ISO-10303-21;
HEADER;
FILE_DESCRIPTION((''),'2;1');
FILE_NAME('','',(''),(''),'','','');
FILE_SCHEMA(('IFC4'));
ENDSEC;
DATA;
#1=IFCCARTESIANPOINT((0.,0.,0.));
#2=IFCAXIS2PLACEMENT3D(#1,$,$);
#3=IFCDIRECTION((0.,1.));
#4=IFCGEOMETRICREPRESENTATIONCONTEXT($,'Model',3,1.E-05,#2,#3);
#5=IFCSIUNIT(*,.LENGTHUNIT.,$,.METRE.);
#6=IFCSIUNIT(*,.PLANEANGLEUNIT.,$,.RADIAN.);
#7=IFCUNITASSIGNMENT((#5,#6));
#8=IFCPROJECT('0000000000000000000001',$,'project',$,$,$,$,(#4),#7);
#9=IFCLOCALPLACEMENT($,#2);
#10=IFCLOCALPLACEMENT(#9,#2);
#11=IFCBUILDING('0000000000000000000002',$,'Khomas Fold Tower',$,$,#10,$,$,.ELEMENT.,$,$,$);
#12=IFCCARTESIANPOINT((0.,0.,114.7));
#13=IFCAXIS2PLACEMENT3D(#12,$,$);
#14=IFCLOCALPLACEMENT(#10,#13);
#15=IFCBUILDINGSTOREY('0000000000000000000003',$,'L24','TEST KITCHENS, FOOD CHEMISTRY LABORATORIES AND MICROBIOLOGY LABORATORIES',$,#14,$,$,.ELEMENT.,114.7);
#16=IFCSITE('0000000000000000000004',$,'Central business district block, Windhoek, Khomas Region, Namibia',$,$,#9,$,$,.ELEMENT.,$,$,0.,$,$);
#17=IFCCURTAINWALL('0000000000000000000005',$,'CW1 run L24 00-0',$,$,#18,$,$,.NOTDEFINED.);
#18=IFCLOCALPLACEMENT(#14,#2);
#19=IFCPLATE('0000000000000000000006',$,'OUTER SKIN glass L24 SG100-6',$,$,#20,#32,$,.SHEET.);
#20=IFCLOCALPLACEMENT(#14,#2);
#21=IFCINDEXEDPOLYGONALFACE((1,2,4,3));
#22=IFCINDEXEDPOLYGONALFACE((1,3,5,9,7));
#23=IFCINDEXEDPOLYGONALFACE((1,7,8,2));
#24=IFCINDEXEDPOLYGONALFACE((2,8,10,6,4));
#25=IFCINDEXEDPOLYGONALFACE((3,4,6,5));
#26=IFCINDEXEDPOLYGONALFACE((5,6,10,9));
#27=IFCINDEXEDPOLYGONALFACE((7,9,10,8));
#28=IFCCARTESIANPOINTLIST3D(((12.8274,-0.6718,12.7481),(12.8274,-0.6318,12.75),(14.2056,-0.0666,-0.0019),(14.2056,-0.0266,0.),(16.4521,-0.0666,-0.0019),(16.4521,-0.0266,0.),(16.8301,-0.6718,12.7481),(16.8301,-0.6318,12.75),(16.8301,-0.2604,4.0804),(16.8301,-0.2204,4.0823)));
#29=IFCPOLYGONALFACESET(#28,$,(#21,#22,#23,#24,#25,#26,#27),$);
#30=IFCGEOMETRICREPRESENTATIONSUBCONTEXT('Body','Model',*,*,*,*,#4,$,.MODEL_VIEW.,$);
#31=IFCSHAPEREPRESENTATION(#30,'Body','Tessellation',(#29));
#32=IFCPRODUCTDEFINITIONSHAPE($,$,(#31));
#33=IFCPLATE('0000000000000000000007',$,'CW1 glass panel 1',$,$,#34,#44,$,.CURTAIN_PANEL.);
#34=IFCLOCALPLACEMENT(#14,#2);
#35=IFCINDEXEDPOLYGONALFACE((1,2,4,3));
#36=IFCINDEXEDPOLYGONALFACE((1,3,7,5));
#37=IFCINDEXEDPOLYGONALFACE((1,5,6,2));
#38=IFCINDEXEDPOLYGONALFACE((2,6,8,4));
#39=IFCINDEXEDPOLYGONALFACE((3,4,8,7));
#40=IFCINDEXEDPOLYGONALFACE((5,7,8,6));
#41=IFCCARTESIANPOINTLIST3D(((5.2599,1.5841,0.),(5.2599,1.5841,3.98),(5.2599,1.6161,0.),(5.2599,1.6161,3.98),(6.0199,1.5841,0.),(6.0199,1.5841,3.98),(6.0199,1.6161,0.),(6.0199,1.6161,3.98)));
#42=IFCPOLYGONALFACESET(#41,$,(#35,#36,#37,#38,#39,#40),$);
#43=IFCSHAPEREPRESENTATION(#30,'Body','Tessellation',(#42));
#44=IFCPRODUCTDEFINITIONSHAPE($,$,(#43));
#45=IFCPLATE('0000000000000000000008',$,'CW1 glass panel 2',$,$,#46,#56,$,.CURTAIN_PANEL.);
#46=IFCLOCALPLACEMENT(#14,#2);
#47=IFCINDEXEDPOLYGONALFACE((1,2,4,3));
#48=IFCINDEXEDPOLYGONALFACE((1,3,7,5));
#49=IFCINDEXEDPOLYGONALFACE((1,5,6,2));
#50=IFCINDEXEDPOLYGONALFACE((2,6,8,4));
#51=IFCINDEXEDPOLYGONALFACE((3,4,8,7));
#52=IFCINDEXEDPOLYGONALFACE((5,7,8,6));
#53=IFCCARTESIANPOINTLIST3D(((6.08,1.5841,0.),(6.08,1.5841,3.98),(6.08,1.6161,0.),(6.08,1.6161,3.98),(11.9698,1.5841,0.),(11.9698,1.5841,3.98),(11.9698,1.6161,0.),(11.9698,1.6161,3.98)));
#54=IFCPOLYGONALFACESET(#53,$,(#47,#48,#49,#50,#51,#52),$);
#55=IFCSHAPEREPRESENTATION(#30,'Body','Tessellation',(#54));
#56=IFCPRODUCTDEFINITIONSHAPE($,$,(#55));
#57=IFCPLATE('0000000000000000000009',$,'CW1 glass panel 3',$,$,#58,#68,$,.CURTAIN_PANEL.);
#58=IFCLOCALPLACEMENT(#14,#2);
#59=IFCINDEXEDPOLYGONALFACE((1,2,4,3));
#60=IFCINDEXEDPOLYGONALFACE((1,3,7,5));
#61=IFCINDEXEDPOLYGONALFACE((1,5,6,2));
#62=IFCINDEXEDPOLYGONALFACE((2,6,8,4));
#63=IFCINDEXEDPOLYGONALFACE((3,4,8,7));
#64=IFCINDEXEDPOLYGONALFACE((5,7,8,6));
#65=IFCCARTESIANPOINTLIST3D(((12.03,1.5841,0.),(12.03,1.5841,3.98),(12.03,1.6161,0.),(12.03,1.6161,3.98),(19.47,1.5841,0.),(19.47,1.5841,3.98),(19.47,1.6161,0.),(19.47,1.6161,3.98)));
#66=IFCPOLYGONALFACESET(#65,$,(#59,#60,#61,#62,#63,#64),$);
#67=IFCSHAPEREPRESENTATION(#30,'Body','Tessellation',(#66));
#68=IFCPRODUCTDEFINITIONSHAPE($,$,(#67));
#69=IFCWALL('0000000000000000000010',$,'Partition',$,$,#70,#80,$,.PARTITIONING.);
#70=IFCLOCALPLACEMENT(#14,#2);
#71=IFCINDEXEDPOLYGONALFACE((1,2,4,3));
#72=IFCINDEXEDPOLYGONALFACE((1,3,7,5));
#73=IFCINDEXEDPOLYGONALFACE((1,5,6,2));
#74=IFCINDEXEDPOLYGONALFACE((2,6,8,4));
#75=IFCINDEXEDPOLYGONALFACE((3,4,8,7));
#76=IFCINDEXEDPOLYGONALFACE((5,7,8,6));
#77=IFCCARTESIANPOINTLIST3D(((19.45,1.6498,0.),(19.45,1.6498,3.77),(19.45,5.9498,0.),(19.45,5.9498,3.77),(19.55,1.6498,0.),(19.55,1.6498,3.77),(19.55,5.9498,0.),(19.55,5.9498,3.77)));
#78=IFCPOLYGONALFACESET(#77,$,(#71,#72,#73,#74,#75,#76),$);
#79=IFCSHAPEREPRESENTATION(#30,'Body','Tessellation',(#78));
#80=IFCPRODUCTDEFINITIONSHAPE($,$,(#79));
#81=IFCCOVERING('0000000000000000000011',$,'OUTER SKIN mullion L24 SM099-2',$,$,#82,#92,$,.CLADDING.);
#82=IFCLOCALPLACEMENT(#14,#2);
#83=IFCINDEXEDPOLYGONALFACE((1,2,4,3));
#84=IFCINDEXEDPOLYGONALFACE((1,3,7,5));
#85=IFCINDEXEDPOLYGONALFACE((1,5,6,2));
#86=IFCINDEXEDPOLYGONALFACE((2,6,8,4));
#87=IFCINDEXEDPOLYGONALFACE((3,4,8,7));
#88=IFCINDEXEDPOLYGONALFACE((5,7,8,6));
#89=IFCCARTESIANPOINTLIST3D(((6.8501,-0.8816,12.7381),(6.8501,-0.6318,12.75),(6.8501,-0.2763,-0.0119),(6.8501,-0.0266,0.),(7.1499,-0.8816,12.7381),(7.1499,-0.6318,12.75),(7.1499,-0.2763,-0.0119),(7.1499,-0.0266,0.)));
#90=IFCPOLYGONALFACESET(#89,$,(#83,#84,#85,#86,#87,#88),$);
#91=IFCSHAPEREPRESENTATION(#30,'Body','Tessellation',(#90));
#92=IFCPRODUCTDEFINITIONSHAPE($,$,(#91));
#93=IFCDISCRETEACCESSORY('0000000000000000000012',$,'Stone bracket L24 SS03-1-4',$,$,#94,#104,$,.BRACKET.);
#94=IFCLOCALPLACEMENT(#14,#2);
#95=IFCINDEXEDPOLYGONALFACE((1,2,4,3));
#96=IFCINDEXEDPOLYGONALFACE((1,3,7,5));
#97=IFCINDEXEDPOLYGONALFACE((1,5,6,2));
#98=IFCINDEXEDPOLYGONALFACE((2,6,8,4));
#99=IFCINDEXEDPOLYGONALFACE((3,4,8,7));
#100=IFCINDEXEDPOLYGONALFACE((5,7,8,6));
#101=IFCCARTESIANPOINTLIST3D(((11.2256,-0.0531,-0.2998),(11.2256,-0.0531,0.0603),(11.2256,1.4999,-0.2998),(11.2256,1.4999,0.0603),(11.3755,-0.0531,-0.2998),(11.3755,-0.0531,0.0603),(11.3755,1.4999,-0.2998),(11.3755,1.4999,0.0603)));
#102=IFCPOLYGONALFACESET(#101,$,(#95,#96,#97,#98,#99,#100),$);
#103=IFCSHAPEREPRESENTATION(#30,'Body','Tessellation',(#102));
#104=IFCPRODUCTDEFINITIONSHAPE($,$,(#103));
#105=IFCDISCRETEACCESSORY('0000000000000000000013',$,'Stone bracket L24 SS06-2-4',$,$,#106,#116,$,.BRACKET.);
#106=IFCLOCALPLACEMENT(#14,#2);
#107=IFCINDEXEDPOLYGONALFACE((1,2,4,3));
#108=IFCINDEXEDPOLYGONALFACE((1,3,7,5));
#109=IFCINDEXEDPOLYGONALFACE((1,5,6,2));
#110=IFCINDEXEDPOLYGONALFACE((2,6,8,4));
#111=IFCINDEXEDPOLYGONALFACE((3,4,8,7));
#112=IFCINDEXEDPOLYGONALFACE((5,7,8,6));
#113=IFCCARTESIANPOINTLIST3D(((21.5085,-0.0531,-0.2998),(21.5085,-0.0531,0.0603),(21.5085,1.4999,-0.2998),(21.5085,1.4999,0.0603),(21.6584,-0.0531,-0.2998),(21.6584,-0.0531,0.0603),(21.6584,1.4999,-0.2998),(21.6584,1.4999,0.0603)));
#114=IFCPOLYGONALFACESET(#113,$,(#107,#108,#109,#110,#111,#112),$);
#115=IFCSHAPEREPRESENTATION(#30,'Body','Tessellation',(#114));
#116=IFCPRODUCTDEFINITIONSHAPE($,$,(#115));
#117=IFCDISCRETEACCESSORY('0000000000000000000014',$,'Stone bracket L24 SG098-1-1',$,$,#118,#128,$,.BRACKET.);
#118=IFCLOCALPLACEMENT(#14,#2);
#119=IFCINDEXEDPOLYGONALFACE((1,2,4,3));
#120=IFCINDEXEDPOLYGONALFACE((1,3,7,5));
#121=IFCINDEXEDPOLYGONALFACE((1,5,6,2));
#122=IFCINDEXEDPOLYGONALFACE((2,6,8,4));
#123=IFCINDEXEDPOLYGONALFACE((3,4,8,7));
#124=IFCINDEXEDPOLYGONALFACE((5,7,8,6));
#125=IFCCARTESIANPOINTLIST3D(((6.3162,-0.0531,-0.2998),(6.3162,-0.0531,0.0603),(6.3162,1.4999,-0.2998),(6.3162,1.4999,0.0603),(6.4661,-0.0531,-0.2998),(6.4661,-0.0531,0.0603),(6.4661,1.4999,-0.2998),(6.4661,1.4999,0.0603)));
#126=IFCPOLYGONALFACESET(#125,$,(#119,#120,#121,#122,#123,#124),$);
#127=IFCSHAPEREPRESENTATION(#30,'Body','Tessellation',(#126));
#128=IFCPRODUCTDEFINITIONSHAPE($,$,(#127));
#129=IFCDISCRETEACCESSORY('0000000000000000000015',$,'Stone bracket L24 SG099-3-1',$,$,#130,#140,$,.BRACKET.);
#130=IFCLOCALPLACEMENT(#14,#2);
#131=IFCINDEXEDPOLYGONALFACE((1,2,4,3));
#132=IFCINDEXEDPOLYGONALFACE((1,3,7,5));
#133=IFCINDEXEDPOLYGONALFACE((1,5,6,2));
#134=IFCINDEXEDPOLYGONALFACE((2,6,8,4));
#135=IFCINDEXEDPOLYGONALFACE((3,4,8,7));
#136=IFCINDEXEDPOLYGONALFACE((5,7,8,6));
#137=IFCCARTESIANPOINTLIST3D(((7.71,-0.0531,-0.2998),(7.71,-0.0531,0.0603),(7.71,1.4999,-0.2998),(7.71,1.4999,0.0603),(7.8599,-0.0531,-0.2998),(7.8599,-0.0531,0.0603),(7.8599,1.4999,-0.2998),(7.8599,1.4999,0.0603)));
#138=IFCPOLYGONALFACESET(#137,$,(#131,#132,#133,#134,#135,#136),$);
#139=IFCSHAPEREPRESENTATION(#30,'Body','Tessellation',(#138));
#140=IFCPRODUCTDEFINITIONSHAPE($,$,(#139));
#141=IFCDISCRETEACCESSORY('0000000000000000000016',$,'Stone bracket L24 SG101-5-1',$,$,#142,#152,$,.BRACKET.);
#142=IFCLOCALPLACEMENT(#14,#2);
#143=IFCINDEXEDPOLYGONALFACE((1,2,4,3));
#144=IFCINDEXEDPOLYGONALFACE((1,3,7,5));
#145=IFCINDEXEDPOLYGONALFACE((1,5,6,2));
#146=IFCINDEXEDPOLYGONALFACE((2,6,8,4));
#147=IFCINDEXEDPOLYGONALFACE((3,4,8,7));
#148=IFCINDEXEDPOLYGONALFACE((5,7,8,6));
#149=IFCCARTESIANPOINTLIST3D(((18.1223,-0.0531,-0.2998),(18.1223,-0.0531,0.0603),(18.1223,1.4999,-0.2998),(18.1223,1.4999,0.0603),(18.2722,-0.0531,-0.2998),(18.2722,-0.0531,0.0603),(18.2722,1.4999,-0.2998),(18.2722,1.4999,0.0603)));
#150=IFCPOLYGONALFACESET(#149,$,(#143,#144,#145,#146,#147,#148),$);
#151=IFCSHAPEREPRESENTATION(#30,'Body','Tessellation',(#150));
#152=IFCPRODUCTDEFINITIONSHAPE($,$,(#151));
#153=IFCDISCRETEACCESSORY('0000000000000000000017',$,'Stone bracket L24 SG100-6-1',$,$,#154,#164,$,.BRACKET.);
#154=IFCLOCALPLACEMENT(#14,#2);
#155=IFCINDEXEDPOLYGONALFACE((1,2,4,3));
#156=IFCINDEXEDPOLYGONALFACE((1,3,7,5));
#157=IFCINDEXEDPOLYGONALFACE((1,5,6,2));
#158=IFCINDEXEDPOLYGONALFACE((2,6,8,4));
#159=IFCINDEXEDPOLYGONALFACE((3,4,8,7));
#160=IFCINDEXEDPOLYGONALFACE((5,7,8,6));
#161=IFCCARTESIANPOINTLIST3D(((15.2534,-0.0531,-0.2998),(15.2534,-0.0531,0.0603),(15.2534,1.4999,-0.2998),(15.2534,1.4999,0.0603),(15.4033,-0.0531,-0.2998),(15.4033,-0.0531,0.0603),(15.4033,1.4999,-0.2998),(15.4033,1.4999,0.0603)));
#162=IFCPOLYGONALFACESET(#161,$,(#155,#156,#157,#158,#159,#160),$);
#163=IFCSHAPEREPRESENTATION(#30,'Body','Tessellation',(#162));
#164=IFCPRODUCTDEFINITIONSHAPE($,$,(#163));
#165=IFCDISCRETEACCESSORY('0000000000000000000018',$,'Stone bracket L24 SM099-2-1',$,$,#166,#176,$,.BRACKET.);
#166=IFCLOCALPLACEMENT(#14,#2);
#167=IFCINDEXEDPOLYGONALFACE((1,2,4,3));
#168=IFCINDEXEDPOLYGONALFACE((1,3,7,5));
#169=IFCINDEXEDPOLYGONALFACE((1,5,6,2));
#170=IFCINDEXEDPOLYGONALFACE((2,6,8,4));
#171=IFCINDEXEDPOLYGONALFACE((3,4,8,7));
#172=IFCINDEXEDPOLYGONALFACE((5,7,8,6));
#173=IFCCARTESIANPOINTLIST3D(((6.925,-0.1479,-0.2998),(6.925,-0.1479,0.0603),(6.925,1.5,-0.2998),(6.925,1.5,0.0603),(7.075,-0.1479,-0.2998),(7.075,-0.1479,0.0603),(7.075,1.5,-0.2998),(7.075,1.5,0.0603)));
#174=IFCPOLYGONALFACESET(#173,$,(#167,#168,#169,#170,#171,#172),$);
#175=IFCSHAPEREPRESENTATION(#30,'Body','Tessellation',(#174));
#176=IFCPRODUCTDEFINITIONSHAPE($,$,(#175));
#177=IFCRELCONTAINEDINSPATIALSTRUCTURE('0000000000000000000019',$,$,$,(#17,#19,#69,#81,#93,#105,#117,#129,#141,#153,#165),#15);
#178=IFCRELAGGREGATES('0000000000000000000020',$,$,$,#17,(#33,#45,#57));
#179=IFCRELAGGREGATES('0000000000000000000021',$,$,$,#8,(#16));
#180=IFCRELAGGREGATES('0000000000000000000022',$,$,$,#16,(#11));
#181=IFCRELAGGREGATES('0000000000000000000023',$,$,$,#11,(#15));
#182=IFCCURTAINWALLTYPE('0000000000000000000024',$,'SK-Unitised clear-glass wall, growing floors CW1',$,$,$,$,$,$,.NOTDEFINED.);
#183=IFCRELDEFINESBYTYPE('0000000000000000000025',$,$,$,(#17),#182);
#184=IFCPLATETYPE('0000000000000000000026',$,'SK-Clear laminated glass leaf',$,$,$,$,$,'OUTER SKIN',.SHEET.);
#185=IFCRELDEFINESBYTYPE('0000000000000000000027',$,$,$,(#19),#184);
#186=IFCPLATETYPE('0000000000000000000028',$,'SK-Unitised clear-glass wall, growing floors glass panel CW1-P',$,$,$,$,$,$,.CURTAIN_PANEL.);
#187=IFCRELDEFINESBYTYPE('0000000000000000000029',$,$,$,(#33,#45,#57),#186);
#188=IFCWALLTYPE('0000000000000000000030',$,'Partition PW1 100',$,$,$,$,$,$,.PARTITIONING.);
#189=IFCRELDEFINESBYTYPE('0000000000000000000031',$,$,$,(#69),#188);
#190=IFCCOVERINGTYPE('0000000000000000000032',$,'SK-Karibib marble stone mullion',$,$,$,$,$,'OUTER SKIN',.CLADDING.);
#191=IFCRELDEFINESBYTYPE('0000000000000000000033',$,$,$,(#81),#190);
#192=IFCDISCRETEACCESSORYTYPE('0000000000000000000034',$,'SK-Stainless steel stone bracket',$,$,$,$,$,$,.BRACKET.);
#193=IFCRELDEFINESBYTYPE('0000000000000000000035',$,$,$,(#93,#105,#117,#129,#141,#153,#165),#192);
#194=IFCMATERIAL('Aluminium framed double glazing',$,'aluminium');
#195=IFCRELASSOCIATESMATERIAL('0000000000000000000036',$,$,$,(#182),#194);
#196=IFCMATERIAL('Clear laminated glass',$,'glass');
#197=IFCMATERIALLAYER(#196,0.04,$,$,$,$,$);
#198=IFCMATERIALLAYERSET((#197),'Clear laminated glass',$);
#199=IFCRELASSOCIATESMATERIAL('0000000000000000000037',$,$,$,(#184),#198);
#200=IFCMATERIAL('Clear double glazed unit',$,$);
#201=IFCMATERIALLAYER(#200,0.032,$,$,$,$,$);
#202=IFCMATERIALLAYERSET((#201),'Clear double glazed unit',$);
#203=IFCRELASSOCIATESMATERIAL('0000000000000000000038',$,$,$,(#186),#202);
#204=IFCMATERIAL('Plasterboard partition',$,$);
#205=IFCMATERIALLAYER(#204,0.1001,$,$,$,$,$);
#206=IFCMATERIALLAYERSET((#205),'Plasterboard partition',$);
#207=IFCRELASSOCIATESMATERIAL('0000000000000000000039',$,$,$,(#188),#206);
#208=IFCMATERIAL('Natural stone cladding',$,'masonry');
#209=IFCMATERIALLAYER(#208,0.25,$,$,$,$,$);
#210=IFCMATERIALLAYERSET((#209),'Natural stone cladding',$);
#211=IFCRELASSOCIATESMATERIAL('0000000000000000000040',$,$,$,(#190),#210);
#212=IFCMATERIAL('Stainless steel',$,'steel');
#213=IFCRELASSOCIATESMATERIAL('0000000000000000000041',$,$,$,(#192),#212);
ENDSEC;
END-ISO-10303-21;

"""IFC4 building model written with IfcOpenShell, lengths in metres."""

from ifc_helpers import new_model, si_unit, direction, frame, frame_2d, origin, origin_2d, place, context, subcontext, project, spatial, polyline, rectangle, outline, extrude, source, transform, mapped, material, layer, layer_set, type_object, element, aggregate, save


model = new_model("IFC4")

# Units and contexts
model_context = context("Model", 3, precision=1e-05, world=origin(), true_north=direction((0.0, 1.0)))
body_context = subcontext(model_context, "Body", "Model", "MODEL_VIEW")
ifc_project = project(units=[si_unit("LENGTHUNIT", "METRE"), si_unit("PLANEANGLEUNIT", "RADIAN")], contexts=[model_context])

# Site, building, storey
site_placement = place(None, origin())
site = spatial("IfcSite", under=ifc_project, at=site_placement, Name="Central business district block, Windhoek, Khomas Region, Namibia", CompositionType="ELEMENT", RefElevation=0.0)
building_placement = place(site_placement, origin())
building = spatial("IfcBuilding", under=site, at=building_placement, Name="Khomas Fold Tower", CompositionType="ELEMENT")
storey_placement = place(building_placement, frame((0.0, 0.0, 114.7)))
storey = spatial("IfcBuildingStorey", under=building, at=storey_placement, Name="L24", Description="TEST KITCHENS, FOOD CHEMISTRY LABORATORIES AND MICROBIOLOGY LABORATORIES", CompositionType="ELEMENT", Elevation=114.7)

# Curtain wall
ifc_material_1 = material(Name="Aluminium framed double glazing", Category="aluminium")
curtain_wall_type = type_object("IfcCurtainWallType", Name="SK-Unitised clear-glass wall, growing floors CW1", PredefinedType="NOTDEFINED", material=ifc_material_1)
curtain_wall_placement = place(storey_placement, origin())
curtain_wall = element("IfcCurtainWall", 1, at=curtain_wall_placement, inside=storey, type_object=curtain_wall_type, Name="CW1 run L24 00-0", PredefinedType="NOTDEFINED")

# Plate
ifc_material_2 = material(Name="Clear laminated glass", Category="glass")
ifc_layer_1 = layer(ifc_material_2, 0.04)
ifc_layer_set_1 = layer_set([ifc_layer_1], Name="Clear laminated glass")
plate_type_1 = type_object("IfcPlateType", Name="SK-Clear laminated glass leaf", ElementType="OUTER SKIN", PredefinedType="SHEET", material=ifc_layer_set_1)
plate_1_placement = place(storey_placement, frame((16.4521, -0.0266, 0.0), z_axis=(0.00001, 0.998875, 0.047415), x_axis=(-1.0, 0.00001, 0.0)))
element("IfcPlate", 2, at=plate_1_placement, inside=storey, type_object=plate_type_1, Name="OUTER SKIN glass L24 SG100-6", PredefinedType="SHEET", context=body_context, shape_type="SweptSolid", body=[
    extrude(outline(polyline([(0.0, 0.0), (2.2466, 0.0), (3.6248, 12.7644), (-0.3779, 12.7644), (-0.3779, 4.0869), (0.0, 0.0)])), origin(), (0.0, 0.0, -1.0), 0.04),
])

# Plates
ifc_material_3 = material(Name="Clear double glazed unit")
ifc_layer_2 = layer(ifc_material_3, 0.032)
ifc_layer_set_2 = layer_set([ifc_layer_2], Name="Clear double glazed unit")
plate_type_2 = type_object("IfcPlateType", Name="SK-Unitised clear-glass wall, growing floors glass panel CW1-P", PredefinedType="CURTAIN_PANEL", material=ifc_layer_set_2)
shared_shape_1 = source(origin(), body_context, "Body", "SweptSolid", [
    extrude(rectangle(XDim=0.76, YDim=0.032, at=origin_2d()), origin(), (0.0, 0.0, 1.0), 3.98),
])
plate_2_placement = place(storey_placement, frame((5.6399, 1.6001, 0.0), z_axis=(0.0, 0.0, 1.0), x_axis=(1.0, 0.0, 0.0)))
plate_2 = element("IfcPlate", 3, at=plate_2_placement, type_object=plate_type_2, Name="CW1 glass panel 1", PredefinedType="CURTAIN_PANEL", context=body_context, shape_type="MappedRepresentation", body=[
    mapped(shared_shape_1, transform((0.0, 0.0, 0.0))),
])
shared_shape_2 = source(origin(), body_context, "Body", "SweptSolid", [
    extrude(rectangle(XDim=5.8899, YDim=0.032, at=origin_2d()), origin(), (0.0, 0.0, 1.0), 3.98),
])
plate_3_placement = place(storey_placement, frame((9.0249, 1.6001, 0.0), z_axis=(0.0, 0.0, 1.0), x_axis=(1.0, 0.0, 0.0)))
plate_3 = element("IfcPlate", 4, at=plate_3_placement, type_object=plate_type_2, Name="CW1 glass panel 2", PredefinedType="CURTAIN_PANEL", context=body_context, shape_type="MappedRepresentation", body=[
    mapped(shared_shape_2, transform((0.0, 0.0, 0.0))),
])
shared_shape_3 = source(origin(), body_context, "Body", "SweptSolid", [
    extrude(rectangle(XDim=7.4399, YDim=0.032, at=origin_2d()), origin(), (0.0, 0.0, 1.0), 3.98),
])
plate_4_placement = place(storey_placement, frame((15.75, 1.6001, 0.0), z_axis=(0.0, 0.0, 1.0), x_axis=(1.0, 0.0, 0.0)))
plate_4 = element("IfcPlate", 5, at=plate_4_placement, type_object=plate_type_2, Name="CW1 glass panel 3", PredefinedType="CURTAIN_PANEL", context=body_context, shape_type="MappedRepresentation", body=[
    mapped(shared_shape_3, transform((0.0, 0.0, 0.0))),
])
aggregate(curtain_wall, [plate_2, plate_3, plate_4])

# Wall
ifc_material_4 = material(Name="Plasterboard partition")
ifc_layer_3 = layer(ifc_material_4, 0.1001)
ifc_layer_set_3 = layer_set([ifc_layer_3], Name="Plasterboard partition")
wall_type = type_object("IfcWallType", Name="Partition PW1 100", PredefinedType="PARTITIONING", material=ifc_layer_set_3)
shared_shape_4 = source(origin(), body_context, "Body", "SweptSolid", [
    extrude(rectangle(XDim=4.3, YDim=0.1001, at=frame_2d((2.1499, 0.0))), origin(), (0.0, 0.0, 1.0), 3.77),
])
wall_placement = place(storey_placement, frame((19.5, 1.6499, 0.0), z_axis=(0.0, 0.0, 1.0), x_axis=(0.0, 1.0, 0.0)))
element("IfcWall", 6, at=wall_placement, inside=storey, type_object=wall_type, Name="Partition", PredefinedType="PARTITIONING", context=body_context, shape_type="MappedRepresentation", body=[
    mapped(shared_shape_4, transform((0.0, 0.0, 0.0))),
])

# Covering
ifc_material_5 = material(Name="Natural stone cladding", Category="masonry")
ifc_layer_4 = layer(ifc_material_5, 0.25)
ifc_layer_set_4 = layer_set([ifc_layer_4], Name="Natural stone cladding")
covering_type = type_object("IfcCoveringType", Name="SK-Karibib marble stone mullion", ElementType="OUTER SKIN", PredefinedType="CLADDING", material=ifc_layer_set_4)
covering_placement = place(storey_placement, frame((6.8501, -0.0266, 0.0), z_axis=(0.0, 0.998875, 0.047415), x_axis=(0.0, -0.047415, 0.998875)))
element("IfcCovering", 7, at=covering_placement, inside=storey, type_object=covering_type, Name="OUTER SKIN mullion L24 SM099-2", PredefinedType="CLADDING", context=body_context, shape_type="SweptSolid", body=[
    extrude(outline(polyline([(0.0, 0.0), (12.7644, 0.0), (12.7644, 0.2998), (0.0, 0.2998), (0.0, 0.0)])), origin(), (0.0, 0.0, -1.0), 0.25),
])

# Discrete accessories
ifc_material_6 = material(Name="Stainless steel", Category="steel")
discrete_accessory_type = type_object("IfcDiscreteAccessoryType", Name="SK-Stainless steel stone bracket", PredefinedType="BRACKET", material=ifc_material_6)
shared_shape_5 = source(origin(), body_context, "Body", "SweptSolid", [
    extrude(rectangle(XDim=1.553, YDim=0.1499, at=origin_2d()), origin(), (0.0, 0.0, 1.0), 0.3601),
])
for number, where, z_axis, x_axis, name in (
    (8, (11.3005, 0.7234, -0.2998), (0.0, 0.0, 1.0), (0.0, -1.0, 0.0), "Stone bracket L24 SS03-1-4"),
    (9, (21.5835, 0.7234, -0.2998), (0.0, 0.0, 1.0), (0.0, -1.0, 0.0), "Stone bracket L24 SS06-2-4"),
    (10, (6.3911, 0.7234, -0.2998), (0.0, 0.0, 1.0), (0.0, -1.0, 0.0), "Stone bracket L24 SG098-1-1"),
    (11, (7.7849, 0.7234, -0.2998), (0.0, 0.0, 1.0), (0.0, -1.0, 0.0), "Stone bracket L24 SG099-3-1"),
    (12, (18.1973, 0.7234, -0.2998), (0.0, 0.0, 1.0), (0.0, -1.0, 0.0), "Stone bracket L24 SG101-5-1"),
    (13, (15.3284, 0.7234, -0.2998), (0.0, 0.0, 1.0), (0.0, -1.0, 0.0), "Stone bracket L24 SG100-6-1"),
):
    element("IfcDiscreteAccessory", number, at=place(storey_placement, frame(where, z_axis=z_axis, x_axis=x_axis)), inside=storey, type_object=discrete_accessory_type, Name=name, PredefinedType="BRACKET", context=body_context, shape_type="MappedRepresentation", body=[
        mapped(shared_shape_5, transform((0.0, 0.0, 0.0))),
    ])
shared_shape_6 = source(origin(), body_context, "Body", "SweptSolid", [
    extrude(rectangle(XDim=1.6479, YDim=0.1499, at=origin_2d()), origin(), (0.0, 0.0, 1.0), 0.3601),
])
discrete_accessory_placement = place(storey_placement, frame((7.0, 0.676, -0.2998), z_axis=(0.0, 0.0, 1.0), x_axis=(0.0, -1.0, 0.0)))
element("IfcDiscreteAccessory", 14, at=discrete_accessory_placement, inside=storey, type_object=discrete_accessory_type, Name="Stone bracket L24 SM099-2-1", PredefinedType="BRACKET", context=body_context, shape_type="MappedRepresentation", body=[
    mapped(shared_shape_6, transform((0.0, 0.0, 0.0))),
])

save(model, "model.ifc")
